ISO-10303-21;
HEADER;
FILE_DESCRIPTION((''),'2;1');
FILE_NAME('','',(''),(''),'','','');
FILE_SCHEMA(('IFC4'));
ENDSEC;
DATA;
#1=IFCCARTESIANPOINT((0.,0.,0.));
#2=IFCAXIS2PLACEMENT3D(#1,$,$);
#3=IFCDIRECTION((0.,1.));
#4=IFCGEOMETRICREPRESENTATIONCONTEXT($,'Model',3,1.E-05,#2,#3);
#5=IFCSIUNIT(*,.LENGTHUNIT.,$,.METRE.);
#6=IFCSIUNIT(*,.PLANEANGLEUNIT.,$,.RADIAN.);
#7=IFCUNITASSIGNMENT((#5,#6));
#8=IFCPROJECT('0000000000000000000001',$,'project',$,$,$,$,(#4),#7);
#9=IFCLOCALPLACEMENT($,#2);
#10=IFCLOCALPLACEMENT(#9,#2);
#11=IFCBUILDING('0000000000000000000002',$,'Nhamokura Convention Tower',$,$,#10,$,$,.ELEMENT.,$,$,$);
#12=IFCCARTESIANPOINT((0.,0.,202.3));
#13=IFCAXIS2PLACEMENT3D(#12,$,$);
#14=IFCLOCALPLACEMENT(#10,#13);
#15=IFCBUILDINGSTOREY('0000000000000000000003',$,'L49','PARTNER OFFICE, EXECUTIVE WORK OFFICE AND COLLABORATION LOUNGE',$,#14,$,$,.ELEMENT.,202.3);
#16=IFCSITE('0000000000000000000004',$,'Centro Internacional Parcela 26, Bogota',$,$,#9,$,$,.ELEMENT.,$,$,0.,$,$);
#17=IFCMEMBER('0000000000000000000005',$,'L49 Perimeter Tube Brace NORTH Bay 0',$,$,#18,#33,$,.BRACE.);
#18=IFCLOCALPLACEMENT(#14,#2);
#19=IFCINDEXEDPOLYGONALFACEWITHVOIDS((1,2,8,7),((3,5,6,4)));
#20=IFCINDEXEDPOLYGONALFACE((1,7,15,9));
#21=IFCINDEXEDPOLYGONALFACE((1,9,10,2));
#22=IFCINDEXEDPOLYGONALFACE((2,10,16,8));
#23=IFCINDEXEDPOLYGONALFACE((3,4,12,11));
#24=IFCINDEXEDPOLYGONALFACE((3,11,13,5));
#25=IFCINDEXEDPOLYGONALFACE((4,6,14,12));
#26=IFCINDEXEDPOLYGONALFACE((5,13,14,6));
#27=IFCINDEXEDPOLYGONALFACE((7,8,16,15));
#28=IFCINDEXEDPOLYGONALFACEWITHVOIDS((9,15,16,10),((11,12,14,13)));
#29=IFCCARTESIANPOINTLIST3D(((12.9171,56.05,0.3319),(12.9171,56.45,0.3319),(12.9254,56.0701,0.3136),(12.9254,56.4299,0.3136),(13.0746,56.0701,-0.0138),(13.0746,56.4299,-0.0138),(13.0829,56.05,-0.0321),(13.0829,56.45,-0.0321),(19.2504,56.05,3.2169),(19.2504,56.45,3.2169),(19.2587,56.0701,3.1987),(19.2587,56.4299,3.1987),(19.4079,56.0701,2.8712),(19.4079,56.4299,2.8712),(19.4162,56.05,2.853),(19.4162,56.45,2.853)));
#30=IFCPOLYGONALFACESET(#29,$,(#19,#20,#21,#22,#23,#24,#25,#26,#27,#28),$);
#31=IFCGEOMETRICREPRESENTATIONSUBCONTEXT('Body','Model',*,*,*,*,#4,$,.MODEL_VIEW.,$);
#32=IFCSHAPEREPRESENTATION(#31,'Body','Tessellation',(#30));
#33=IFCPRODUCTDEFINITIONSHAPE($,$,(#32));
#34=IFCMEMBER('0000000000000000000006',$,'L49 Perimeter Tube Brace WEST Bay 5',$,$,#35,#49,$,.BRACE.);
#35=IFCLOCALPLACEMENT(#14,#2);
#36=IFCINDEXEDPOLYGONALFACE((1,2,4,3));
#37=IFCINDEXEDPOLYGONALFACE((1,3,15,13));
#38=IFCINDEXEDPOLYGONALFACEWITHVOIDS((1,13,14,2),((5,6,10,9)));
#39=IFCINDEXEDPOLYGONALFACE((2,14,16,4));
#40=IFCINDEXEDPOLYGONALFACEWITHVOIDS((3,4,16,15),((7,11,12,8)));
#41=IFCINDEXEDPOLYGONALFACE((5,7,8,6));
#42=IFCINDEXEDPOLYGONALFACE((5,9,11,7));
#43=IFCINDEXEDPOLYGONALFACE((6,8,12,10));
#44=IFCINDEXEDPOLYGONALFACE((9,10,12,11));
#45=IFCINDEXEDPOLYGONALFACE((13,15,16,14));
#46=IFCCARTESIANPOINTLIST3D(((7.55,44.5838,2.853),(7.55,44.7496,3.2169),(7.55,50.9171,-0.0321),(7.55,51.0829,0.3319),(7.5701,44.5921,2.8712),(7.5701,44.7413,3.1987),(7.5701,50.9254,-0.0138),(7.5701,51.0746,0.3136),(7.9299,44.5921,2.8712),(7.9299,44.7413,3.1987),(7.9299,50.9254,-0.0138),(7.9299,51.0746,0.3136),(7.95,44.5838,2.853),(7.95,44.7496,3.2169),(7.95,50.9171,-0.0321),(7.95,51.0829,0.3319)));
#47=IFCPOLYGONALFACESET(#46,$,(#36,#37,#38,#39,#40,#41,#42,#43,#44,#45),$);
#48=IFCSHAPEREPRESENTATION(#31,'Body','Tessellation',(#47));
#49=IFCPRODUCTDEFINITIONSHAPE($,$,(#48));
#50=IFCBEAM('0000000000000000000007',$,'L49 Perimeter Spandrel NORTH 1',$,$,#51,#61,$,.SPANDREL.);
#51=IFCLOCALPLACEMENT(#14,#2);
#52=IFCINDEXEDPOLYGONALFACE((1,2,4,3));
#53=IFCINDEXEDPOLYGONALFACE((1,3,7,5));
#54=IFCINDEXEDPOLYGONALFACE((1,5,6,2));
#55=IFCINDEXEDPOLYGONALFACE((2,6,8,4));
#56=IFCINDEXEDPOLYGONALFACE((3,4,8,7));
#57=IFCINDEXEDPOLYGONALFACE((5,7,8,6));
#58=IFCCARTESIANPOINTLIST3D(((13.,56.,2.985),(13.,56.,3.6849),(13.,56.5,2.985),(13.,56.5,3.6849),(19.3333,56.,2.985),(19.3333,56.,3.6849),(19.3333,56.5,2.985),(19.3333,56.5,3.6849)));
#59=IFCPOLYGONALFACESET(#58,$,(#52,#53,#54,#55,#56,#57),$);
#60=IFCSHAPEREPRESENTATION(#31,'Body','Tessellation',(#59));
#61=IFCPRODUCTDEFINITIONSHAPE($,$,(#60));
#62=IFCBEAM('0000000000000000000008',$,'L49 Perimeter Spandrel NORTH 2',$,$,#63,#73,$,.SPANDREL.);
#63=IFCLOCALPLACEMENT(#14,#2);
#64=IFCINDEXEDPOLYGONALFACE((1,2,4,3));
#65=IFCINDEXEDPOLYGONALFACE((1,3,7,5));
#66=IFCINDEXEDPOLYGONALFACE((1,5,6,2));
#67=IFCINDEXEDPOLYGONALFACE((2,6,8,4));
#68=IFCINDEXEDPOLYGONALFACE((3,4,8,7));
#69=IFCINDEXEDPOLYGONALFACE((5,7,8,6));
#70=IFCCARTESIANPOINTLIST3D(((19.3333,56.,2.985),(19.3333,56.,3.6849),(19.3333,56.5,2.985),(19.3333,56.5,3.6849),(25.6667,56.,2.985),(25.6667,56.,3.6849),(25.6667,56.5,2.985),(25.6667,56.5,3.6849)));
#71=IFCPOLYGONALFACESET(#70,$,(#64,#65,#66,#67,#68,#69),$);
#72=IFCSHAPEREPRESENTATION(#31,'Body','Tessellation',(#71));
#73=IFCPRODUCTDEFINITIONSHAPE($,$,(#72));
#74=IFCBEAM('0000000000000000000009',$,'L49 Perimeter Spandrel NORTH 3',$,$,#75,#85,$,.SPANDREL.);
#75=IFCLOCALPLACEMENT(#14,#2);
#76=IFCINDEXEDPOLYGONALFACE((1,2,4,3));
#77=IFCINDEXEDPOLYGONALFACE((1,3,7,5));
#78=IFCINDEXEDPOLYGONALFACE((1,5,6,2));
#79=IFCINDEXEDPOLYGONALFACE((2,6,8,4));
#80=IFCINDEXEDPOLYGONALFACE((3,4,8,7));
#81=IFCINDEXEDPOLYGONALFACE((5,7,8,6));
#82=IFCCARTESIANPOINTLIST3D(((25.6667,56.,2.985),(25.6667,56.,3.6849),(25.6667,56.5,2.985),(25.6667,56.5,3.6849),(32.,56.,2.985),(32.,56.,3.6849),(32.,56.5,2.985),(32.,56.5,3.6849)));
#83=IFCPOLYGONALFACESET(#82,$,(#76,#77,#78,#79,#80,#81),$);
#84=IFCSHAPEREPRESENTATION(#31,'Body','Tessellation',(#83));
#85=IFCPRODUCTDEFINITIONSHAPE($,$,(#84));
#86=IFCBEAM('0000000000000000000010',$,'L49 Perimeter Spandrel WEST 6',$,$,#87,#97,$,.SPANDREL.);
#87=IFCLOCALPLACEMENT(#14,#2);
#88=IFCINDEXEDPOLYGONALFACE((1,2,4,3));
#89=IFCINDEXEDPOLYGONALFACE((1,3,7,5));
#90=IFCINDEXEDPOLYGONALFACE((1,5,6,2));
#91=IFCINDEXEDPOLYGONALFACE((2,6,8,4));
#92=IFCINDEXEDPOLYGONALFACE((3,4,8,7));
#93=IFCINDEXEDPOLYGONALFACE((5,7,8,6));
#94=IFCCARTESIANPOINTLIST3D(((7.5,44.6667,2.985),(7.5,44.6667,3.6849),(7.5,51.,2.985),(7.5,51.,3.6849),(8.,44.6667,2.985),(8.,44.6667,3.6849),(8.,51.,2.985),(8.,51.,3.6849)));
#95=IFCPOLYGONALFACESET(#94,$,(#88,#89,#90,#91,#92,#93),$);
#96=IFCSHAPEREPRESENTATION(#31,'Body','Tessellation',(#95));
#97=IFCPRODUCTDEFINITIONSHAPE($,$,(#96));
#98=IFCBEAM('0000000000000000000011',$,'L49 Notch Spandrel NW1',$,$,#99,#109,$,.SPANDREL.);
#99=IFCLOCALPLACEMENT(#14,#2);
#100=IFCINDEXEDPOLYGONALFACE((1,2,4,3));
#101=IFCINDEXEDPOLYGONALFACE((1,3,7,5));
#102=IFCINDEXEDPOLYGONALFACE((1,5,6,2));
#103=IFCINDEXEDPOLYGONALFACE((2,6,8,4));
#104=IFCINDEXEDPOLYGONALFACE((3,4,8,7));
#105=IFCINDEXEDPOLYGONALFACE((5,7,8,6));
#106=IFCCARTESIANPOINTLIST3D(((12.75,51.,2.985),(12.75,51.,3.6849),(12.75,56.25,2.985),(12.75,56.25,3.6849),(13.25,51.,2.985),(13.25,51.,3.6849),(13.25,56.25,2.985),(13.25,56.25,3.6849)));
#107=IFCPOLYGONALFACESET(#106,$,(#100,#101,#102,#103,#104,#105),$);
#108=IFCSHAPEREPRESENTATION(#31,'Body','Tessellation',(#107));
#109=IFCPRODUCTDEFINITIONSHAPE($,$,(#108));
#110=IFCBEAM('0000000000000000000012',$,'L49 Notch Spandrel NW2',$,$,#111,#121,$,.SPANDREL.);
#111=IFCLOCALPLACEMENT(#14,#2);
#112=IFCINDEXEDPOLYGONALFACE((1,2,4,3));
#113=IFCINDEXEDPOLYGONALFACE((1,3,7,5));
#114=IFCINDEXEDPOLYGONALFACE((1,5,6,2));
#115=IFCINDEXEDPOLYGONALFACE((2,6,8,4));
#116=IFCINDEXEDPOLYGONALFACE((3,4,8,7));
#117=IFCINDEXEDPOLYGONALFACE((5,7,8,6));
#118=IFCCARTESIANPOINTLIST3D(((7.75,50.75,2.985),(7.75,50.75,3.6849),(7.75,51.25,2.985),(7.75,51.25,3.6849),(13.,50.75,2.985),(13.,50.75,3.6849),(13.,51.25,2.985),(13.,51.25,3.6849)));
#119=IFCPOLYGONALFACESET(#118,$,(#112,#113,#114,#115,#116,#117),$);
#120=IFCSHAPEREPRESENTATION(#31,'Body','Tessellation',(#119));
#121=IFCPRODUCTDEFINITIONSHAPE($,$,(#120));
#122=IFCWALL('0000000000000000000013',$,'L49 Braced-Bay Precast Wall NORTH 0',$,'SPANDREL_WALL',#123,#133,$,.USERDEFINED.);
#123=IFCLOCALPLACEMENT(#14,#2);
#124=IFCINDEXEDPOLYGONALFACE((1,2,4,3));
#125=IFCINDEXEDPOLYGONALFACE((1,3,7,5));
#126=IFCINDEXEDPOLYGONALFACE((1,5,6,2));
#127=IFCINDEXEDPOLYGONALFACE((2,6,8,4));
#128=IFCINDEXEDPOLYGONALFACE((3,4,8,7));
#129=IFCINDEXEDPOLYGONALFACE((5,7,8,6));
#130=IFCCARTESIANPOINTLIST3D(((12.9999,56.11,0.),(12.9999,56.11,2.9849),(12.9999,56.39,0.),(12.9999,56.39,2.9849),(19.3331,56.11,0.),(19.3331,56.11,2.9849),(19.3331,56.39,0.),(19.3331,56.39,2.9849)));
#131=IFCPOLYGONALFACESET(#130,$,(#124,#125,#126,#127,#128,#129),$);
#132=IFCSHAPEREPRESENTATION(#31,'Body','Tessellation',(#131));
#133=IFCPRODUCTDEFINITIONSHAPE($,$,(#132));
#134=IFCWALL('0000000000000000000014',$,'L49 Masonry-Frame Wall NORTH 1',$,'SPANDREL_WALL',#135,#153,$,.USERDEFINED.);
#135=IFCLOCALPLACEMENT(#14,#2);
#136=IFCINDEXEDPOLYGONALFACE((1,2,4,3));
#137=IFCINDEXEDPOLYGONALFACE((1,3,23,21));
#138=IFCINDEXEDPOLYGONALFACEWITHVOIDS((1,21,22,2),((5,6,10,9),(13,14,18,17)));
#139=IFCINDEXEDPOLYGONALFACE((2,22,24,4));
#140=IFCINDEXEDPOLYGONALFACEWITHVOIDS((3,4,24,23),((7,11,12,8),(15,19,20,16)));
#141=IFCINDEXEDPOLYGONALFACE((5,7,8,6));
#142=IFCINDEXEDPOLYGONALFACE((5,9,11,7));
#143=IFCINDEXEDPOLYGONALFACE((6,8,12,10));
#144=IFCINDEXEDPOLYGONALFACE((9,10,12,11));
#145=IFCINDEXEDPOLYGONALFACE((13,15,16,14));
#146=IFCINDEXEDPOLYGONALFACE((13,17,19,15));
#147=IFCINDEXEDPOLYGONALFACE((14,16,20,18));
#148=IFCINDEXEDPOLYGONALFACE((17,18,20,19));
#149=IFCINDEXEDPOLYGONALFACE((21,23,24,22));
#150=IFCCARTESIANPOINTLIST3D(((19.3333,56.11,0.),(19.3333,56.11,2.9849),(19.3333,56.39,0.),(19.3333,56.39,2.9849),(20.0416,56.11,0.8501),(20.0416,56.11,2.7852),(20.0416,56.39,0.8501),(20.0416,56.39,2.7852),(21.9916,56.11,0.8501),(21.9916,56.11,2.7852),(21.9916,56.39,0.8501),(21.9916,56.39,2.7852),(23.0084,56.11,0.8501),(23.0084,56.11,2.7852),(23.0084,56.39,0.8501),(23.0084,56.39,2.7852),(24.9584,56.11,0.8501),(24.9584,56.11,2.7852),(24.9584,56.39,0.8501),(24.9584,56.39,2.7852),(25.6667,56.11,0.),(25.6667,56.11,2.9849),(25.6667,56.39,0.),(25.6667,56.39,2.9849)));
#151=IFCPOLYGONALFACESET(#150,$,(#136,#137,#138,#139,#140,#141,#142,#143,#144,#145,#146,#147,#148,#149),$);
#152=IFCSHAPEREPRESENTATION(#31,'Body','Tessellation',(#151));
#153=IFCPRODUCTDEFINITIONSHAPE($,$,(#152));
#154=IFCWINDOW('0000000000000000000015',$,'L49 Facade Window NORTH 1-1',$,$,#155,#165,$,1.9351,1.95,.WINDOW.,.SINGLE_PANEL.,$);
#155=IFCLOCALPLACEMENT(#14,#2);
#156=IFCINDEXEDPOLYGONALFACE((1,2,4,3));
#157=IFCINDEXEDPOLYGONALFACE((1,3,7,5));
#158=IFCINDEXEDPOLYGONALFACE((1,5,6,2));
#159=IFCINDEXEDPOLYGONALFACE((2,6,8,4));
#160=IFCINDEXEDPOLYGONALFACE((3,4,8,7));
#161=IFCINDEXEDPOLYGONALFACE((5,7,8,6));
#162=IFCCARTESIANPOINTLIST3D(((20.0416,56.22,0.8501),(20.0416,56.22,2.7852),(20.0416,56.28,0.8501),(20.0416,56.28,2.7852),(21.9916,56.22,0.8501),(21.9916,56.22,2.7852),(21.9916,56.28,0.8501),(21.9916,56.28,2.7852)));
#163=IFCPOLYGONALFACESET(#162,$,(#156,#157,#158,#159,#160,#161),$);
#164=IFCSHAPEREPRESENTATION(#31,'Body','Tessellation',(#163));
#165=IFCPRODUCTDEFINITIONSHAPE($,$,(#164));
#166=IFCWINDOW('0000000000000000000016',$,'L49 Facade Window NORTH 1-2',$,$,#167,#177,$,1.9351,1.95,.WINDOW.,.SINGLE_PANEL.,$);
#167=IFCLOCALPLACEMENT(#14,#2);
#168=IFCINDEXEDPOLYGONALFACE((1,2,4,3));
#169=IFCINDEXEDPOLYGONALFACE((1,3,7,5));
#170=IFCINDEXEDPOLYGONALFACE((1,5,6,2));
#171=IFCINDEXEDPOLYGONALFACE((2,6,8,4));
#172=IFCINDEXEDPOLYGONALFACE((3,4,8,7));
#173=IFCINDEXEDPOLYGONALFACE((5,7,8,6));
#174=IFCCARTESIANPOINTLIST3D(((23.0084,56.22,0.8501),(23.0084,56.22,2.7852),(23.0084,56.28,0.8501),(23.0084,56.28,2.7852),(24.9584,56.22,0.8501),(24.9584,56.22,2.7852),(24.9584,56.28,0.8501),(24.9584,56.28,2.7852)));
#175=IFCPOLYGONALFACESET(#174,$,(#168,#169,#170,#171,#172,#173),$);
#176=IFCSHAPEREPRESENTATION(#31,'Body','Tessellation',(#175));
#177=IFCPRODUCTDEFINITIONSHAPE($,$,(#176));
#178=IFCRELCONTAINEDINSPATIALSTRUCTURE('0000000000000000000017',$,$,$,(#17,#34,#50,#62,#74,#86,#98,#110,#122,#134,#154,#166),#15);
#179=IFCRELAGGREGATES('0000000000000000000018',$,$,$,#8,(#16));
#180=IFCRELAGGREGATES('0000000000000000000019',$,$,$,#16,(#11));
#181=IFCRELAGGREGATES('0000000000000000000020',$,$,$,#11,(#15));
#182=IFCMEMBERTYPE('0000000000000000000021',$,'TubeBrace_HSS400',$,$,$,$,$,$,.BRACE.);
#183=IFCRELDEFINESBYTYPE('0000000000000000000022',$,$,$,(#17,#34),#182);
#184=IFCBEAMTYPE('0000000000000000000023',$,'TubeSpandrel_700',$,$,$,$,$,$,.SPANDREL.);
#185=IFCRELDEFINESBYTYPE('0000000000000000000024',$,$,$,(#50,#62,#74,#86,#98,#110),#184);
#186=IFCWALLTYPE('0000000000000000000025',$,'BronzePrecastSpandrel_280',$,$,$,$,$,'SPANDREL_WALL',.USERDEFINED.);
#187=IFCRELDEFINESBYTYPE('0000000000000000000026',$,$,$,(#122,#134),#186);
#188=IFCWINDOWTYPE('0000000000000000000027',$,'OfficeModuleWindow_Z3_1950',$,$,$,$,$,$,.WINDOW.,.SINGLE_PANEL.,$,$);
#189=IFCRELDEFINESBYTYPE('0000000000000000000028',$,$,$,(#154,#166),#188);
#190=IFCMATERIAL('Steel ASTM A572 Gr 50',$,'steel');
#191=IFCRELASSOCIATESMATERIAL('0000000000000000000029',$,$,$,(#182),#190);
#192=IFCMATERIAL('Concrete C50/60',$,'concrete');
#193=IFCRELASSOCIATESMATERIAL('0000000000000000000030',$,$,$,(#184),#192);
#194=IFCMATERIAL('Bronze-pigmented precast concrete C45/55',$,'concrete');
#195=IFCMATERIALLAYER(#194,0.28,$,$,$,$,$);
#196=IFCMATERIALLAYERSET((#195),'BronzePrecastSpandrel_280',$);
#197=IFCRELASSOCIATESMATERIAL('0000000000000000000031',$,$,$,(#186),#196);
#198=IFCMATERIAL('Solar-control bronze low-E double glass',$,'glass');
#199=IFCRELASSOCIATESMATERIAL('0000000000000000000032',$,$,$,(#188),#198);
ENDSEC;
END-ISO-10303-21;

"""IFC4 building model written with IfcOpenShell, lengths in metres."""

from ifc_helpers import new_model, si_unit, direction, frame, frame_2d, origin, origin_2d, place, context, subcontext, project, spatial, rectangle, hollow_rectangle, extrude, material, layer, layer_set, material_profile, profile_set, type_object, element, fill, save


model = new_model("IFC4")

# Units and contexts
model_context = context("Model", 3, precision=1e-05, world=origin(), true_north=direction((0.0, 1.0)))
body_context = subcontext(model_context, "Body", "Model", "MODEL_VIEW")
ifc_project = project(units=[si_unit("LENGTHUNIT", "METRE"), si_unit("PLANEANGLEUNIT", "RADIAN")], contexts=[model_context])

# Site, building, storey
site_placement = place(None, origin())
site = spatial("IfcSite", under=ifc_project, at=site_placement, Name="Centro Internacional Parcela 26, Bogota", CompositionType="ELEMENT", RefElevation=0.0)
building_placement = place(site_placement, origin())
building = spatial("IfcBuilding", under=site, at=building_placement, Name="Nhamokura Convention Tower", CompositionType="ELEMENT")
storey_placement = place(building_placement, frame((0.0, 0.0, 202.3)))
storey = spatial("IfcBuildingStorey", under=building, at=storey_placement, Name="L49", Description="PARTNER OFFICE, EXECUTIVE WORK OFFICE AND COLLABORATION LOUNGE", CompositionType="ELEMENT", Elevation=202.3)

# Members
ifc_material_1 = material(Name="Steel ASTM A572 Gr 50", Category="steel")
ifc_material_profile_1 = material_profile(ifc_material_1, hollow_rectangle(XDim=0.3999, YDim=0.3999, WallThickness=0.02, at=origin_2d()))
ifc_profile_set_1 = profile_set([ifc_material_profile_1], Name="Steel ASTM A572 Gr 50")
member_type_1 = type_object("IfcMemberType", Name="TubeBrace_HSS400", PredefinedType="BRACE", material=ifc_profile_set_1)
for number, where, z_axis, x_axis, name in (
    (1, (13.0, 56.25, 0.1499), (0.910027, 0.0, 0.414548), (0.0, 1.0, 0.0), "L49 Perimeter Tube Brace NORTH Bay 0"),
    (2, (7.75, 51.0, 0.1499), (0.0, -0.910027, 0.414548), (1.0, 0.0, 0.0), "L49 Perimeter Tube Brace WEST Bay 5"),
):
    element("IfcMember", number, at=place(storey_placement, frame(where, z_axis=z_axis, x_axis=x_axis)), inside=storey, type_object=member_type_1, Name=name, PredefinedType="BRACE", context=body_context, shape_type="SweptSolid", body=[
        extrude(hollow_rectangle(XDim=0.3999, YDim=0.3999, WallThickness=0.02, at=origin_2d()), origin(), (0.0, 0.0, 1.0), 6.9595),
    ])

# Beams
ifc_material_2 = material(Name="Concrete C50/60", Category="concrete")
ifc_material_profile_2 = material_profile(ifc_material_2, rectangle(XDim=0.5, YDim=0.7, at=origin_2d()))
ifc_profile_set_2 = profile_set([ifc_material_profile_2], Name="Concrete C50/60")
beam_type_1 = type_object("IfcBeamType", Name="TubeSpandrel_700", PredefinedType="SPANDREL", material=ifc_profile_set_2)
beam_1_placement = place(storey_placement, frame((13.0, 56.25, 3.335), z_axis=(1.0, 0.0, 0.0), x_axis=(0.0, 1.0, 0.0)))
element("IfcBeam", 3, at=beam_1_placement, inside=storey, type_object=beam_type_1, Name="L49 Perimeter Spandrel NORTH 1", PredefinedType="SPANDREL", context=body_context, shape_type="SweptSolid", body=[
    extrude(rectangle(XDim=0.5, YDim=0.7, at=origin_2d()), origin(), (0.0, 0.0, 1.0), 6.3333),
])
beam_2_placement = place(storey_placement, frame((19.3333, 56.25, 3.335), z_axis=(1.0, 0.0, 0.0), x_axis=(0.0, 1.0, 0.0)))
element("IfcBeam", 4, at=beam_2_placement, inside=storey, type_object=beam_type_1, Name="L49 Perimeter Spandrel NORTH 2", PredefinedType="SPANDREL", context=body_context, shape_type="SweptSolid", body=[
    extrude(rectangle(XDim=0.5, YDim=0.7, at=origin_2d()), origin(), (0.0, 0.0, 1.0), 6.3335),
])
for number, where, z_axis, x_axis, name in (
    (5, (25.6667, 56.25, 3.335), (1.0, 0.0, 0.0), (0.0, 1.0, 0.0), "L49 Perimeter Spandrel NORTH 3"),
    (6, (7.75, 44.6667, 3.335), (0.0, 1.0, 0.0), (-1.0, 0.0, 0.0), "L49 Perimeter Spandrel WEST 6"),
):
    element("IfcBeam", number, at=place(storey_placement, frame(where, z_axis=z_axis, x_axis=x_axis)), inside=storey, type_object=beam_type_1, Name=name, PredefinedType="SPANDREL", context=body_context, shape_type="SweptSolid", body=[
        extrude(rectangle(XDim=0.5, YDim=0.7, at=origin_2d()), origin(), (0.0, 0.0, 1.0), 6.3333),
    ])
for number, where, z_axis, x_axis, name in (
    (7, (13.0, 56.25, 3.335), (0.0, -1.0, 0.0), (1.0, 0.0, 0.0), "L49 Notch Spandrel NW1"),
    (8, (13.0, 51.0, 3.335), (-1.0, 0.0, 0.0), (0.0, -1.0, 0.0), "L49 Notch Spandrel NW2"),
):
    element("IfcBeam", number, at=place(storey_placement, frame(where, z_axis=z_axis, x_axis=x_axis)), inside=storey, type_object=beam_type_1, Name=name, PredefinedType="SPANDREL", context=body_context, shape_type="SweptSolid", body=[
        extrude(rectangle(XDim=0.5, YDim=0.7, at=origin_2d()), origin(), (0.0, 0.0, 1.0), 5.25),
    ])

# Wall
ifc_material_3 = material(Name="Bronze-pigmented precast concrete C45/55", Category="concrete")
ifc_layer_1 = layer(ifc_material_3, 0.28)
ifc_layer_set_1 = layer_set([ifc_layer_1], Name="BronzePrecastSpandrel_280")
wall_type_1 = type_object("IfcWallType", Name="BronzePrecastSpandrel_280", ElementType="SPANDREL_WALL", PredefinedType="USERDEFINED", material=ifc_layer_set_1)
wall_1_placement = place(storey_placement, frame((13.0, 56.25, 0.0), z_axis=(0.0, 0.0, 1.0), x_axis=(1.0, 0.0, 0.0)))
element("IfcWall", 9, at=wall_1_placement, inside=storey, type_object=wall_type_1, Name="L49 Braced-Bay Precast Wall NORTH 0", ObjectType="SPANDREL_WALL", PredefinedType="USERDEFINED", context=body_context, shape_type="SweptSolid", body=[
    extrude(rectangle(XDim=6.3333, YDim=0.28, at=frame_2d((3.1665, 0.0))), origin(), (0.0, 0.0, 1.0), 2.9849),
])

# Wall, openings, windows
wall_2_placement = place(storey_placement, frame((19.3333, 56.25, 0.0), z_axis=(0.0, 0.0, 1.0), x_axis=(1.0, 0.0, 0.0)))
wall_2 = element("IfcWall", 10, at=wall_2_placement, inside=storey, type_object=wall_type_1, Name="L49 Masonry-Frame Wall NORTH 1", ObjectType="SPANDREL_WALL", PredefinedType="USERDEFINED", context=body_context, shape_type="SweptSolid", body=[
    extrude(rectangle(XDim=6.3335, YDim=0.28, at=frame_2d((3.1667, 0.0))), origin(), (0.0, 0.0, 1.0), 2.9849),
])
opening_1_placement = place(wall_2_placement, frame((0.7083, 0.0, 0.8501)))
opening_1 = element("IfcOpeningElement", 11, at=opening_1_placement, cuts=wall_2, PredefinedType="OPENING", context=body_context, shape_type="SweptSolid", body=[
    extrude(rectangle(XDim=1.95, YDim=1.9351, at=frame_2d((0.9751, 0.9675))), frame((0.0, 0.1499, 0.0), z_axis=(0.0, -1.0, 0.0), x_axis=(1.0, 0.0, 0.0)), (0.0, 0.0, 1.0), 0.3),
])
opening_2_placement = place(wall_2_placement, frame((3.675, 0.0, 0.8501)))
opening_2 = element("IfcOpeningElement", 12, at=opening_2_placement, cuts=wall_2, PredefinedType="OPENING", context=body_context, shape_type="SweptSolid", body=[
    extrude(rectangle(XDim=1.95, YDim=1.9351, at=frame_2d((0.9751, 0.9675))), frame((0.0, 0.1499, 0.0), z_axis=(0.0, -1.0, 0.0), x_axis=(1.0, 0.0, 0.0)), (0.0, 0.0, 1.0), 0.3),
])
ifc_material_4 = material(Name="Solar-control bronze low-E double glass", Category="glass")
window_type_1 = type_object("IfcWindowType", Name="OfficeModuleWindow_Z3_1950", PartitioningType="SINGLE_PANEL", PredefinedType="WINDOW", material=ifc_material_4)
window_1_placement = place(opening_1_placement, origin())
window_1 = element("IfcWindow", 13, at=window_1_placement, inside=storey, type_object=window_type_1, Name="L49 Facade Window NORTH 1-1", OverallHeight=1.9351, OverallWidth=1.95, PartitioningType="SINGLE_PANEL", PredefinedType="WINDOW", context=body_context, shape_type="SweptSolid", body=[
    extrude(rectangle(XDim=1.95, YDim=1.9351, at=frame_2d((0.9751, 0.9675))), frame((0.0, 0.03, 0.0), z_axis=(0.0, -1.0, 0.0), x_axis=(1.0, 0.0, 0.0)), (0.0, 0.0, 1.0), 0.0601),
])
fill(opening_1, window_1)
window_2_placement = place(opening_2_placement, origin())
window_2 = element("IfcWindow", 14, at=window_2_placement, inside=storey, type_object=window_type_1, Name="L49 Facade Window NORTH 1-2", OverallHeight=1.9351, OverallWidth=1.95, PartitioningType="SINGLE_PANEL", PredefinedType="WINDOW", context=body_context, shape_type="SweptSolid", body=[
    extrude(rectangle(XDim=1.95, YDim=1.9351, at=frame_2d((0.9751, 0.9675))), frame((0.0, 0.03, 0.0), z_axis=(0.0, -1.0, 0.0), x_axis=(1.0, 0.0, 0.0)), (0.0, 0.0, 1.0), 0.0601),
])
fill(opening_2, window_2)

save(model, "model.ifc")
